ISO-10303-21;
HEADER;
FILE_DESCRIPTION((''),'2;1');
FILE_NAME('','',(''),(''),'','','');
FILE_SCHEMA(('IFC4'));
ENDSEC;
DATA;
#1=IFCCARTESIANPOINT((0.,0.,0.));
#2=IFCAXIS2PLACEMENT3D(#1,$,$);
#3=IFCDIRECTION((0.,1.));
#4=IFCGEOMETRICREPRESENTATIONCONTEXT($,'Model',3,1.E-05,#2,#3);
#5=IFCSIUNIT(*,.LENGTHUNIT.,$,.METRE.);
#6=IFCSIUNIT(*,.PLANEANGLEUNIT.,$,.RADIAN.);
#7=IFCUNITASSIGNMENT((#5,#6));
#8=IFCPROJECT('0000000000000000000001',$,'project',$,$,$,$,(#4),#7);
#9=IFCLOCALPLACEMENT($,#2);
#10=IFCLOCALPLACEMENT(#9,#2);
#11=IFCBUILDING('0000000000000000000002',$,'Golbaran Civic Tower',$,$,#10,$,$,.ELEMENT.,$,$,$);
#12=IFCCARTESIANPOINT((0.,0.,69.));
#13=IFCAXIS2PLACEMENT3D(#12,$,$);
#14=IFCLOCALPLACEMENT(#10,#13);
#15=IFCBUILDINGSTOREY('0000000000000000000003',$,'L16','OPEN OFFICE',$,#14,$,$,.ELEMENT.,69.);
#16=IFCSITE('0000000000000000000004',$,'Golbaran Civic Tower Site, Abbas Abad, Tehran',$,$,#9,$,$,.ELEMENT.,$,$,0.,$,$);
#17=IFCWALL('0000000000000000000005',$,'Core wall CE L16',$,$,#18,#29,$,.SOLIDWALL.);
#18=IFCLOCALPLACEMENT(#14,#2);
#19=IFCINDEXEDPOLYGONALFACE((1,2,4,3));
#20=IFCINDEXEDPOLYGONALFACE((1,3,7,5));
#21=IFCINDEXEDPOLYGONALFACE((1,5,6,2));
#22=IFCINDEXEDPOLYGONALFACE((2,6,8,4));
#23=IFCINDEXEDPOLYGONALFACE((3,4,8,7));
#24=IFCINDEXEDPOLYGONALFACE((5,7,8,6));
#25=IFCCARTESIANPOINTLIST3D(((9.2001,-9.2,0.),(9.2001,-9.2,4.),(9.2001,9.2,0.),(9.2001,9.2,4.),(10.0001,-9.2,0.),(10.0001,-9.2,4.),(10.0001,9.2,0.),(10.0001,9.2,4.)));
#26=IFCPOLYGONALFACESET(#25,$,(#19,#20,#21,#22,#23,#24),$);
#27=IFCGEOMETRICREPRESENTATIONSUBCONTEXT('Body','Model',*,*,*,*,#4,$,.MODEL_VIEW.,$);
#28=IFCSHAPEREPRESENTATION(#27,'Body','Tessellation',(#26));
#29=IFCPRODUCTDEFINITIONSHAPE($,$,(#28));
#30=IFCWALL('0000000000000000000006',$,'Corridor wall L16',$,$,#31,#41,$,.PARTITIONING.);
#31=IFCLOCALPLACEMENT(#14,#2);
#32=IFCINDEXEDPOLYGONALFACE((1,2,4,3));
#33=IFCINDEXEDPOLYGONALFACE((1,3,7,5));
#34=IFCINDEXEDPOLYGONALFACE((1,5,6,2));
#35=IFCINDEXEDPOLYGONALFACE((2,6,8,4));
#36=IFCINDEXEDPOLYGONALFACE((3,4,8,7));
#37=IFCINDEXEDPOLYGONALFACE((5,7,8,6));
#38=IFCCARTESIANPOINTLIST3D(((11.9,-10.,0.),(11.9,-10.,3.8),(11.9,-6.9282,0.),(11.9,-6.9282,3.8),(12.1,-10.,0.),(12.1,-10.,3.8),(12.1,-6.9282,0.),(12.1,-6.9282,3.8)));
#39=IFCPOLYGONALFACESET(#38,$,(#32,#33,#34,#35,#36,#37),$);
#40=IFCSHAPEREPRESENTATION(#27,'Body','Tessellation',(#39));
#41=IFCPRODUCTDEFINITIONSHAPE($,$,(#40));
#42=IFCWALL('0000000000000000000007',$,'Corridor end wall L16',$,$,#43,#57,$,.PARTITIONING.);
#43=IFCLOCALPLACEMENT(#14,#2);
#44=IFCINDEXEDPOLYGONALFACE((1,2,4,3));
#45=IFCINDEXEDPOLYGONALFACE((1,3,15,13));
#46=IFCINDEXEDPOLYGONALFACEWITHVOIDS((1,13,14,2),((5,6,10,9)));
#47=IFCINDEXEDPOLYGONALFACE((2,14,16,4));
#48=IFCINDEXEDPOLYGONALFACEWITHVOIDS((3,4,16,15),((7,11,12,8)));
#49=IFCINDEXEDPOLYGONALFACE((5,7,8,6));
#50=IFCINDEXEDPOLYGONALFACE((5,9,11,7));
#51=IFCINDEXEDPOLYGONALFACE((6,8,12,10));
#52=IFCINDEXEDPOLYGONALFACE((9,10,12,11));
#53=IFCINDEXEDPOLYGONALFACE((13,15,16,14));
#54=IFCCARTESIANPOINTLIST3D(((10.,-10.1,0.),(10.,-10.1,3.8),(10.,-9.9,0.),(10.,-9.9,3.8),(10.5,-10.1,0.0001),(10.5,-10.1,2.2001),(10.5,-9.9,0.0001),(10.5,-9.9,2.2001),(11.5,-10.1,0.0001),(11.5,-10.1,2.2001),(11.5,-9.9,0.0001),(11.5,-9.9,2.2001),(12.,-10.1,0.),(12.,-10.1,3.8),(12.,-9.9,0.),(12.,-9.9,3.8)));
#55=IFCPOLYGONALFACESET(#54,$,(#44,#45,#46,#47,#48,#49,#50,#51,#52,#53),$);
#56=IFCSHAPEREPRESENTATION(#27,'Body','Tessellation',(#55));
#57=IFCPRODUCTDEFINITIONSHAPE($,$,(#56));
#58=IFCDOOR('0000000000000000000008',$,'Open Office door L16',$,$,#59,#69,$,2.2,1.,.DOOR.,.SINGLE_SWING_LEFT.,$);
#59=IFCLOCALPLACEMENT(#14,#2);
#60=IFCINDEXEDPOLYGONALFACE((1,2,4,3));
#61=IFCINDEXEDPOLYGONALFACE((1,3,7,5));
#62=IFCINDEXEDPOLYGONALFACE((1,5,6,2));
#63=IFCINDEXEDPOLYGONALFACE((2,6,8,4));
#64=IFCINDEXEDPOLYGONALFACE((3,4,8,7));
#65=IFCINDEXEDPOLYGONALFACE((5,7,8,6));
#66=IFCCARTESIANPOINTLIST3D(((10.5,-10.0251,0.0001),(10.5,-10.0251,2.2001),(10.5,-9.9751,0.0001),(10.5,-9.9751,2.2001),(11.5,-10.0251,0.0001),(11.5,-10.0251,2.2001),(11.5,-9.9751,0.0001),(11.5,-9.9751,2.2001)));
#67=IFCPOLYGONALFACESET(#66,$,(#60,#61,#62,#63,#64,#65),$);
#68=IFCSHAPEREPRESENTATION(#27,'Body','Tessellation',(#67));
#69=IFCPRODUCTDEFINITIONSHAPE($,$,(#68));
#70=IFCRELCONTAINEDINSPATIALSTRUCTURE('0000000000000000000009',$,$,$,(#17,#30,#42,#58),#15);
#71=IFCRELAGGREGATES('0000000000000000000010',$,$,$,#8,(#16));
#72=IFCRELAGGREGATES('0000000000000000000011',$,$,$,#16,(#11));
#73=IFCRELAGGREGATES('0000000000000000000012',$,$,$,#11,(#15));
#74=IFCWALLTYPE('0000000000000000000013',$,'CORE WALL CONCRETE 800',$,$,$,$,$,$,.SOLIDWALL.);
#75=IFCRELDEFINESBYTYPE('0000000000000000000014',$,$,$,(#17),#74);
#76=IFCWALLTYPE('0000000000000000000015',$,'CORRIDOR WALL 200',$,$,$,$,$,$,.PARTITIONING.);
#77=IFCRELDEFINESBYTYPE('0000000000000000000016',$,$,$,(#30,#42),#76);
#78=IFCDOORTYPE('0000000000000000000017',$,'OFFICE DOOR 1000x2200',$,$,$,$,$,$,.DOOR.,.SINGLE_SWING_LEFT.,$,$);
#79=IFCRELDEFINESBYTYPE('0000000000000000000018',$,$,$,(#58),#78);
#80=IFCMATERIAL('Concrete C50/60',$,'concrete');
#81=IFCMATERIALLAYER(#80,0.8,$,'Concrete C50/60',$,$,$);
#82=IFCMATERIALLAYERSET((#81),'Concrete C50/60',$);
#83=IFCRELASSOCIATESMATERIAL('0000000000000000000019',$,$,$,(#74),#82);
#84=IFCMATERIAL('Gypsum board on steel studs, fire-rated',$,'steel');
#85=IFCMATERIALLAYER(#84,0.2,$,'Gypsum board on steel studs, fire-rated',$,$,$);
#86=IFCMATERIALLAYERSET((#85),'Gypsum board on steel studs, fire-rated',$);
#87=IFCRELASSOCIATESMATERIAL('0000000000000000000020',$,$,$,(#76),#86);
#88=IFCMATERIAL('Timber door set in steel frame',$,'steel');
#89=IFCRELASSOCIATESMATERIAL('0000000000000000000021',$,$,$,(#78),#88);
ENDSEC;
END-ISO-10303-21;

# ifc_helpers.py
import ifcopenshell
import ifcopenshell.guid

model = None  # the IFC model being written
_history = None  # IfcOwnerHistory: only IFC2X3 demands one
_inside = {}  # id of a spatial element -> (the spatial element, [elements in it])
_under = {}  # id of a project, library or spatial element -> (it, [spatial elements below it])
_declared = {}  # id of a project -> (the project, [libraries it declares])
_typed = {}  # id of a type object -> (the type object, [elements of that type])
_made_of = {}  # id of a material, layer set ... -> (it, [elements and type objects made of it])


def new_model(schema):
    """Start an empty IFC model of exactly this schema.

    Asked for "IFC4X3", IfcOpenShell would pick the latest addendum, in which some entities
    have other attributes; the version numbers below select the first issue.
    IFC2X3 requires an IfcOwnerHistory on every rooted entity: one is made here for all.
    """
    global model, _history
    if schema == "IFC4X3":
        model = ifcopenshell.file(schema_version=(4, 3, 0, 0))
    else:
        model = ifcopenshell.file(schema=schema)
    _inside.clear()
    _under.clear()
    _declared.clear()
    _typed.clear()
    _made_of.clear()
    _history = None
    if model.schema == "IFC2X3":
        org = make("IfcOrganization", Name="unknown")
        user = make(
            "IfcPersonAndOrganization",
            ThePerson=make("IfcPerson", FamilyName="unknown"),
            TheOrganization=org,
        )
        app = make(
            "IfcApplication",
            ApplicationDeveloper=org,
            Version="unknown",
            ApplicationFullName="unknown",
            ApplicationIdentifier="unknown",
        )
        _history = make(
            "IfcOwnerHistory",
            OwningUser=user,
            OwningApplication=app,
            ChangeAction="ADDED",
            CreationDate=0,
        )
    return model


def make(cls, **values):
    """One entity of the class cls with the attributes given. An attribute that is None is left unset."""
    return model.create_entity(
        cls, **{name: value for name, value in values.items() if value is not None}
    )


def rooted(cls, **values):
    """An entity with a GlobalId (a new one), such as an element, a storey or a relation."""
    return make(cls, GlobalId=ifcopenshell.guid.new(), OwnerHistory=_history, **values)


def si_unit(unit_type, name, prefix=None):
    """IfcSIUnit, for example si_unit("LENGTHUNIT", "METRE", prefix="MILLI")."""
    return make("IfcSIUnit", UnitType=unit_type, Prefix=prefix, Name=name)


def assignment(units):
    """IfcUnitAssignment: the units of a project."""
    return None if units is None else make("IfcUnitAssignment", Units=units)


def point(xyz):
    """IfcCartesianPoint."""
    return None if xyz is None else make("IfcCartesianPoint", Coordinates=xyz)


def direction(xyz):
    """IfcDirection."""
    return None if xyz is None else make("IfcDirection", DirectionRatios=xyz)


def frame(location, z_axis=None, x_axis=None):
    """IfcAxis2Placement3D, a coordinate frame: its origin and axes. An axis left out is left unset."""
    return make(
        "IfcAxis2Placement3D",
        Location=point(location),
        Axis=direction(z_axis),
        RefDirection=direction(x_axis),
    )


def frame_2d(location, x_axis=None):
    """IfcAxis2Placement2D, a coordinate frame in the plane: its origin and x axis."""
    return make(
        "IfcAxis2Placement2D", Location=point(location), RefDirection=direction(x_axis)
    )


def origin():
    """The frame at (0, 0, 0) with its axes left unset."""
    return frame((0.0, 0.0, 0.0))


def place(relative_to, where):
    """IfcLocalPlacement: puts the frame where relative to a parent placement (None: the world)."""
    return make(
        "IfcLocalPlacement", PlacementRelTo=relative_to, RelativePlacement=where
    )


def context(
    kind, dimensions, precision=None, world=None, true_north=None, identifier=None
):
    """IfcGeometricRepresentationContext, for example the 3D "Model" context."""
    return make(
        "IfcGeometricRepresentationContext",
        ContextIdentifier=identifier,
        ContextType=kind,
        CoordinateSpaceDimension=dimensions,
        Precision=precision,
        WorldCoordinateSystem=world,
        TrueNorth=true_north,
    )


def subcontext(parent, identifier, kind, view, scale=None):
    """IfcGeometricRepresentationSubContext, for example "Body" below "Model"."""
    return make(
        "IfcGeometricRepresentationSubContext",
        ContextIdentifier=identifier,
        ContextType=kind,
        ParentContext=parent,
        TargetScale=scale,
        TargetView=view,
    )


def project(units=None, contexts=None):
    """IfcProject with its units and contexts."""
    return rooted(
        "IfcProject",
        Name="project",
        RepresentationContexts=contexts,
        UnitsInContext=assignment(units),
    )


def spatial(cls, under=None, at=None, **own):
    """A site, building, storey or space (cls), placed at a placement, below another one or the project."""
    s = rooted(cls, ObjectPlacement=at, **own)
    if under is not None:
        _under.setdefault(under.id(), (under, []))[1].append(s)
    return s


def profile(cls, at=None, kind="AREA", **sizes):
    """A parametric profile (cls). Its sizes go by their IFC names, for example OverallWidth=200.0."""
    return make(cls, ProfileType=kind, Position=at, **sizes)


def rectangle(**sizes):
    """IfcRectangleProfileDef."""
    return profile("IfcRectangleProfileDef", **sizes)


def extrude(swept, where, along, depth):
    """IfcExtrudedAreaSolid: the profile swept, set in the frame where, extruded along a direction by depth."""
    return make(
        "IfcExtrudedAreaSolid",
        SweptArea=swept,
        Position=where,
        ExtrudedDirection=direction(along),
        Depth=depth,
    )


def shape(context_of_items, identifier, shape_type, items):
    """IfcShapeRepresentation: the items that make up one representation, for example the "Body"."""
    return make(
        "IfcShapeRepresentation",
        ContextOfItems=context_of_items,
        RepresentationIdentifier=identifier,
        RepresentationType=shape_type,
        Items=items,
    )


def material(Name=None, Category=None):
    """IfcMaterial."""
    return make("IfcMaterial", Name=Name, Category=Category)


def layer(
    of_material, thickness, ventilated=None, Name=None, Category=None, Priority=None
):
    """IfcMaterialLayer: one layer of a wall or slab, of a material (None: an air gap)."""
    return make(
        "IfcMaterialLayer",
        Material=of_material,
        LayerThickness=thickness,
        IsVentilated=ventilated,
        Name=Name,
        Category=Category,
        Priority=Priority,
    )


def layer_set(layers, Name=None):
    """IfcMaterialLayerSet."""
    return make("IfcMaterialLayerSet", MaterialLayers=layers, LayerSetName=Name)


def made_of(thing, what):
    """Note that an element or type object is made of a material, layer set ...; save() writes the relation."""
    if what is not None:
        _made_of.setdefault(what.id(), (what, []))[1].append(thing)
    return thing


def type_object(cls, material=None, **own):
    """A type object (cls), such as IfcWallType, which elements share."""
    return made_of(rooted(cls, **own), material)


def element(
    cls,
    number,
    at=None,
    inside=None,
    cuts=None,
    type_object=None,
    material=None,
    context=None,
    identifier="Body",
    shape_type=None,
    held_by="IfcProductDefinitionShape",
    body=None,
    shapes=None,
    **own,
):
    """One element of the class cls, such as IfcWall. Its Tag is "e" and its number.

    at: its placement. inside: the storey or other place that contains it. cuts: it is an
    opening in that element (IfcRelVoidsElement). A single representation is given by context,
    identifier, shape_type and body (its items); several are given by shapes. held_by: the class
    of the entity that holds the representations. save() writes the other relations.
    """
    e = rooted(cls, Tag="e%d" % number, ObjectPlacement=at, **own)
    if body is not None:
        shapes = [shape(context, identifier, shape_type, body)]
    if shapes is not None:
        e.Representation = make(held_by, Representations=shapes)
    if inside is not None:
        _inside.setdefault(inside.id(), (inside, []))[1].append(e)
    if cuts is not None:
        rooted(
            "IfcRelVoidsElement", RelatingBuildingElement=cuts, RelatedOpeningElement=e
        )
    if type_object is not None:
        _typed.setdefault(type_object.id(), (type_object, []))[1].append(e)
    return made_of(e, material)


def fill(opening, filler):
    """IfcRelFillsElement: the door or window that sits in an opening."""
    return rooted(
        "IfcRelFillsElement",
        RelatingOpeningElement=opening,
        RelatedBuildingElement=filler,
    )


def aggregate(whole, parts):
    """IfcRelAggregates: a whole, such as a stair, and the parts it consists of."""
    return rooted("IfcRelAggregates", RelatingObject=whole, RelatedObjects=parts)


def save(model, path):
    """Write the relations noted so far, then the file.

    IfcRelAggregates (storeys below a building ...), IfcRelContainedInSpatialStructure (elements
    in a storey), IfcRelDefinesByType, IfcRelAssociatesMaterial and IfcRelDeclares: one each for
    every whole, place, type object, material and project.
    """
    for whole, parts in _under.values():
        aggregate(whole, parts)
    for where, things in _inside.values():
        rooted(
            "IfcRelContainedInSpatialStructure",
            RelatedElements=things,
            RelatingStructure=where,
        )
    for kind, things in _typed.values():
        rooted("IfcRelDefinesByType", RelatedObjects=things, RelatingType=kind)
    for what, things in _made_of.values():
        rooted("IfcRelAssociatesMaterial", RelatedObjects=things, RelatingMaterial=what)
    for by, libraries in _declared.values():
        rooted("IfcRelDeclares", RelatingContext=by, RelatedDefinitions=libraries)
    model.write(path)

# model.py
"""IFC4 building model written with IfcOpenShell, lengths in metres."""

from ifc_helpers import new_model, si_unit, direction, frame, frame_2d, origin, place, context, subcontext, project, spatial, rectangle, extrude, material, layer, layer_set, type_object, element, fill, save


model = new_model("IFC4")

# Units and contexts
model_context = context("Model", 3, precision=1e-05, world=origin(), true_north=direction((0.0, 1.0)))
body_context = subcontext(model_context, "Body", "Model", "MODEL_VIEW")
ifc_project = project(units=[si_unit("LENGTHUNIT", "METRE"), si_unit("PLANEANGLEUNIT", "RADIAN")], contexts=[model_context])

# Site, building, storey
site_placement = place(None, origin())
site = spatial("IfcSite", under=ifc_project, at=site_placement, Name="Golbaran Civic Tower Site, Abbas Abad, Tehran", CompositionType="ELEMENT", RefElevation=0.0)
building_placement = place(site_placement, origin())
building = spatial("IfcBuilding", under=site, at=building_placement, Name="Golbaran Civic Tower", CompositionType="ELEMENT")
storey_placement = place(building_placement, frame((0.0, 0.0, 69.0)))
storey = spatial("IfcBuildingStorey", under=building, at=storey_placement, Name="L16", Description="OPEN OFFICE", CompositionType="ELEMENT", Elevation=69.0)

# Shared definitions
ifc_material_1 = material(Name="Concrete C50/60", Category="concrete")
ifc_layer_1 = layer(ifc_material_1, 0.8, Name="Concrete C50/60")
ifc_layer_set_1 = layer_set([ifc_layer_1], Name="Concrete C50/60")
wall_type_1 = type_object("IfcWallType", Name="CORE WALL CONCRETE 800", PredefinedType="SOLIDWALL", material=ifc_layer_set_1)
ifc_material_2 = material(Name="Timber door set in steel frame", Category="steel")

# Walls
wall_1_placement = place(storey_placement, frame((9.6001, -9.2, 0.0), z_axis=(0.0, 0.0, 1.0), x_axis=(0.0, 1.0, 0.0)))
element("IfcWall", 1, at=wall_1_placement, inside=storey, type_object=wall_type_1, Name="Core wall CE L16", PredefinedType="SOLIDWALL", context=body_context, shape_type="SweptSolid", body=[
    extrude(rectangle(XDim=18.3999, YDim=0.8, at=frame_2d((9.2, 0.0))), origin(), (0.0, 0.0, 1.0), 4.0),
])
ifc_material_3 = material(Name="Gypsum board on steel studs, fire-rated", Category="steel")
ifc_layer_2 = layer(ifc_material_3, 0.2, Name="Gypsum board on steel studs, fire-rated")
ifc_layer_set_2 = layer_set([ifc_layer_2], Name="Gypsum board on steel studs, fire-rated")
wall_type_2 = type_object("IfcWallType", Name="CORRIDOR WALL 200", PredefinedType="PARTITIONING", material=ifc_layer_set_2)
wall_2_placement = place(storey_placement, frame((12.0, -10.0, 0.0), z_axis=(0.0, 0.0, 1.0), x_axis=(0.0, 1.0, 0.0)))
element("IfcWall", 2, at=wall_2_placement, inside=storey, type_object=wall_type_2, Name="Corridor wall L16", PredefinedType="PARTITIONING", context=body_context, shape_type="SweptSolid", body=[
    extrude(rectangle(XDim=3.0718, YDim=0.2, at=frame_2d((1.5359, 0.0))), origin(), (0.0, 0.0, 1.0), 3.8),
])

# Wall, opening, door
wall_3_placement = place(storey_placement, frame((10.0, -10.0, 0.0), z_axis=(0.0, 0.0, 1.0), x_axis=(1.0, 0.0, 0.0)))
wall_3 = element("IfcWall", 3, at=wall_3_placement, inside=storey, type_object=wall_type_2, Name="Corridor end wall L16", PredefinedType="PARTITIONING", context=body_context, shape_type="SweptSolid", body=[
    extrude(rectangle(XDim=2.0, YDim=0.2, at=frame_2d((1.0, 0.0))), origin(), (0.0, 0.0, 1.0), 3.8),
])
opening_1_placement = place(wall_3_placement, frame((0.5, 0.0, 0.0)))
opening_1 = element("IfcOpeningElement", 4, at=opening_1_placement, cuts=wall_3, PredefinedType="OPENING", context=body_context, shape_type="SweptSolid", body=[
    extrude(rectangle(XDim=1.0, YDim=2.2, at=frame_2d((0.5, 1.1001))), frame((0.0, 0.1099, 0.0), z_axis=(0.0, -1.0, 0.0), x_axis=(1.0, 0.0, 0.0)), (0.0, 0.0, 1.0), 0.22),
])
door_type_1 = type_object("IfcDoorType", Name="OFFICE DOOR 1000x2200", OperationType="SINGLE_SWING_LEFT", PredefinedType="DOOR", material=ifc_material_2)
door_1_placement = place(opening_1_placement, origin())
door_1 = element("IfcDoor", 5, at=door_1_placement, inside=storey, type_object=door_type_1, Name="Open Office door L16", OperationType="SINGLE_SWING_LEFT", OverallHeight=2.2, OverallWidth=1.0, PredefinedType="DOOR", context=body_context, shape_type="SweptSolid", body=[
    extrude(rectangle(XDim=1.0, YDim=2.2, at=frame_2d((0.5, 1.1001))), frame((0.0, 0.0249, 0.0), z_axis=(0.0, -1.0, 0.0), x_axis=(1.0, 0.0, 0.0)), (0.0, 0.0, 1.0), 0.05),
])
fill(opening_1, door_1)

save(model, "model.ifc")
